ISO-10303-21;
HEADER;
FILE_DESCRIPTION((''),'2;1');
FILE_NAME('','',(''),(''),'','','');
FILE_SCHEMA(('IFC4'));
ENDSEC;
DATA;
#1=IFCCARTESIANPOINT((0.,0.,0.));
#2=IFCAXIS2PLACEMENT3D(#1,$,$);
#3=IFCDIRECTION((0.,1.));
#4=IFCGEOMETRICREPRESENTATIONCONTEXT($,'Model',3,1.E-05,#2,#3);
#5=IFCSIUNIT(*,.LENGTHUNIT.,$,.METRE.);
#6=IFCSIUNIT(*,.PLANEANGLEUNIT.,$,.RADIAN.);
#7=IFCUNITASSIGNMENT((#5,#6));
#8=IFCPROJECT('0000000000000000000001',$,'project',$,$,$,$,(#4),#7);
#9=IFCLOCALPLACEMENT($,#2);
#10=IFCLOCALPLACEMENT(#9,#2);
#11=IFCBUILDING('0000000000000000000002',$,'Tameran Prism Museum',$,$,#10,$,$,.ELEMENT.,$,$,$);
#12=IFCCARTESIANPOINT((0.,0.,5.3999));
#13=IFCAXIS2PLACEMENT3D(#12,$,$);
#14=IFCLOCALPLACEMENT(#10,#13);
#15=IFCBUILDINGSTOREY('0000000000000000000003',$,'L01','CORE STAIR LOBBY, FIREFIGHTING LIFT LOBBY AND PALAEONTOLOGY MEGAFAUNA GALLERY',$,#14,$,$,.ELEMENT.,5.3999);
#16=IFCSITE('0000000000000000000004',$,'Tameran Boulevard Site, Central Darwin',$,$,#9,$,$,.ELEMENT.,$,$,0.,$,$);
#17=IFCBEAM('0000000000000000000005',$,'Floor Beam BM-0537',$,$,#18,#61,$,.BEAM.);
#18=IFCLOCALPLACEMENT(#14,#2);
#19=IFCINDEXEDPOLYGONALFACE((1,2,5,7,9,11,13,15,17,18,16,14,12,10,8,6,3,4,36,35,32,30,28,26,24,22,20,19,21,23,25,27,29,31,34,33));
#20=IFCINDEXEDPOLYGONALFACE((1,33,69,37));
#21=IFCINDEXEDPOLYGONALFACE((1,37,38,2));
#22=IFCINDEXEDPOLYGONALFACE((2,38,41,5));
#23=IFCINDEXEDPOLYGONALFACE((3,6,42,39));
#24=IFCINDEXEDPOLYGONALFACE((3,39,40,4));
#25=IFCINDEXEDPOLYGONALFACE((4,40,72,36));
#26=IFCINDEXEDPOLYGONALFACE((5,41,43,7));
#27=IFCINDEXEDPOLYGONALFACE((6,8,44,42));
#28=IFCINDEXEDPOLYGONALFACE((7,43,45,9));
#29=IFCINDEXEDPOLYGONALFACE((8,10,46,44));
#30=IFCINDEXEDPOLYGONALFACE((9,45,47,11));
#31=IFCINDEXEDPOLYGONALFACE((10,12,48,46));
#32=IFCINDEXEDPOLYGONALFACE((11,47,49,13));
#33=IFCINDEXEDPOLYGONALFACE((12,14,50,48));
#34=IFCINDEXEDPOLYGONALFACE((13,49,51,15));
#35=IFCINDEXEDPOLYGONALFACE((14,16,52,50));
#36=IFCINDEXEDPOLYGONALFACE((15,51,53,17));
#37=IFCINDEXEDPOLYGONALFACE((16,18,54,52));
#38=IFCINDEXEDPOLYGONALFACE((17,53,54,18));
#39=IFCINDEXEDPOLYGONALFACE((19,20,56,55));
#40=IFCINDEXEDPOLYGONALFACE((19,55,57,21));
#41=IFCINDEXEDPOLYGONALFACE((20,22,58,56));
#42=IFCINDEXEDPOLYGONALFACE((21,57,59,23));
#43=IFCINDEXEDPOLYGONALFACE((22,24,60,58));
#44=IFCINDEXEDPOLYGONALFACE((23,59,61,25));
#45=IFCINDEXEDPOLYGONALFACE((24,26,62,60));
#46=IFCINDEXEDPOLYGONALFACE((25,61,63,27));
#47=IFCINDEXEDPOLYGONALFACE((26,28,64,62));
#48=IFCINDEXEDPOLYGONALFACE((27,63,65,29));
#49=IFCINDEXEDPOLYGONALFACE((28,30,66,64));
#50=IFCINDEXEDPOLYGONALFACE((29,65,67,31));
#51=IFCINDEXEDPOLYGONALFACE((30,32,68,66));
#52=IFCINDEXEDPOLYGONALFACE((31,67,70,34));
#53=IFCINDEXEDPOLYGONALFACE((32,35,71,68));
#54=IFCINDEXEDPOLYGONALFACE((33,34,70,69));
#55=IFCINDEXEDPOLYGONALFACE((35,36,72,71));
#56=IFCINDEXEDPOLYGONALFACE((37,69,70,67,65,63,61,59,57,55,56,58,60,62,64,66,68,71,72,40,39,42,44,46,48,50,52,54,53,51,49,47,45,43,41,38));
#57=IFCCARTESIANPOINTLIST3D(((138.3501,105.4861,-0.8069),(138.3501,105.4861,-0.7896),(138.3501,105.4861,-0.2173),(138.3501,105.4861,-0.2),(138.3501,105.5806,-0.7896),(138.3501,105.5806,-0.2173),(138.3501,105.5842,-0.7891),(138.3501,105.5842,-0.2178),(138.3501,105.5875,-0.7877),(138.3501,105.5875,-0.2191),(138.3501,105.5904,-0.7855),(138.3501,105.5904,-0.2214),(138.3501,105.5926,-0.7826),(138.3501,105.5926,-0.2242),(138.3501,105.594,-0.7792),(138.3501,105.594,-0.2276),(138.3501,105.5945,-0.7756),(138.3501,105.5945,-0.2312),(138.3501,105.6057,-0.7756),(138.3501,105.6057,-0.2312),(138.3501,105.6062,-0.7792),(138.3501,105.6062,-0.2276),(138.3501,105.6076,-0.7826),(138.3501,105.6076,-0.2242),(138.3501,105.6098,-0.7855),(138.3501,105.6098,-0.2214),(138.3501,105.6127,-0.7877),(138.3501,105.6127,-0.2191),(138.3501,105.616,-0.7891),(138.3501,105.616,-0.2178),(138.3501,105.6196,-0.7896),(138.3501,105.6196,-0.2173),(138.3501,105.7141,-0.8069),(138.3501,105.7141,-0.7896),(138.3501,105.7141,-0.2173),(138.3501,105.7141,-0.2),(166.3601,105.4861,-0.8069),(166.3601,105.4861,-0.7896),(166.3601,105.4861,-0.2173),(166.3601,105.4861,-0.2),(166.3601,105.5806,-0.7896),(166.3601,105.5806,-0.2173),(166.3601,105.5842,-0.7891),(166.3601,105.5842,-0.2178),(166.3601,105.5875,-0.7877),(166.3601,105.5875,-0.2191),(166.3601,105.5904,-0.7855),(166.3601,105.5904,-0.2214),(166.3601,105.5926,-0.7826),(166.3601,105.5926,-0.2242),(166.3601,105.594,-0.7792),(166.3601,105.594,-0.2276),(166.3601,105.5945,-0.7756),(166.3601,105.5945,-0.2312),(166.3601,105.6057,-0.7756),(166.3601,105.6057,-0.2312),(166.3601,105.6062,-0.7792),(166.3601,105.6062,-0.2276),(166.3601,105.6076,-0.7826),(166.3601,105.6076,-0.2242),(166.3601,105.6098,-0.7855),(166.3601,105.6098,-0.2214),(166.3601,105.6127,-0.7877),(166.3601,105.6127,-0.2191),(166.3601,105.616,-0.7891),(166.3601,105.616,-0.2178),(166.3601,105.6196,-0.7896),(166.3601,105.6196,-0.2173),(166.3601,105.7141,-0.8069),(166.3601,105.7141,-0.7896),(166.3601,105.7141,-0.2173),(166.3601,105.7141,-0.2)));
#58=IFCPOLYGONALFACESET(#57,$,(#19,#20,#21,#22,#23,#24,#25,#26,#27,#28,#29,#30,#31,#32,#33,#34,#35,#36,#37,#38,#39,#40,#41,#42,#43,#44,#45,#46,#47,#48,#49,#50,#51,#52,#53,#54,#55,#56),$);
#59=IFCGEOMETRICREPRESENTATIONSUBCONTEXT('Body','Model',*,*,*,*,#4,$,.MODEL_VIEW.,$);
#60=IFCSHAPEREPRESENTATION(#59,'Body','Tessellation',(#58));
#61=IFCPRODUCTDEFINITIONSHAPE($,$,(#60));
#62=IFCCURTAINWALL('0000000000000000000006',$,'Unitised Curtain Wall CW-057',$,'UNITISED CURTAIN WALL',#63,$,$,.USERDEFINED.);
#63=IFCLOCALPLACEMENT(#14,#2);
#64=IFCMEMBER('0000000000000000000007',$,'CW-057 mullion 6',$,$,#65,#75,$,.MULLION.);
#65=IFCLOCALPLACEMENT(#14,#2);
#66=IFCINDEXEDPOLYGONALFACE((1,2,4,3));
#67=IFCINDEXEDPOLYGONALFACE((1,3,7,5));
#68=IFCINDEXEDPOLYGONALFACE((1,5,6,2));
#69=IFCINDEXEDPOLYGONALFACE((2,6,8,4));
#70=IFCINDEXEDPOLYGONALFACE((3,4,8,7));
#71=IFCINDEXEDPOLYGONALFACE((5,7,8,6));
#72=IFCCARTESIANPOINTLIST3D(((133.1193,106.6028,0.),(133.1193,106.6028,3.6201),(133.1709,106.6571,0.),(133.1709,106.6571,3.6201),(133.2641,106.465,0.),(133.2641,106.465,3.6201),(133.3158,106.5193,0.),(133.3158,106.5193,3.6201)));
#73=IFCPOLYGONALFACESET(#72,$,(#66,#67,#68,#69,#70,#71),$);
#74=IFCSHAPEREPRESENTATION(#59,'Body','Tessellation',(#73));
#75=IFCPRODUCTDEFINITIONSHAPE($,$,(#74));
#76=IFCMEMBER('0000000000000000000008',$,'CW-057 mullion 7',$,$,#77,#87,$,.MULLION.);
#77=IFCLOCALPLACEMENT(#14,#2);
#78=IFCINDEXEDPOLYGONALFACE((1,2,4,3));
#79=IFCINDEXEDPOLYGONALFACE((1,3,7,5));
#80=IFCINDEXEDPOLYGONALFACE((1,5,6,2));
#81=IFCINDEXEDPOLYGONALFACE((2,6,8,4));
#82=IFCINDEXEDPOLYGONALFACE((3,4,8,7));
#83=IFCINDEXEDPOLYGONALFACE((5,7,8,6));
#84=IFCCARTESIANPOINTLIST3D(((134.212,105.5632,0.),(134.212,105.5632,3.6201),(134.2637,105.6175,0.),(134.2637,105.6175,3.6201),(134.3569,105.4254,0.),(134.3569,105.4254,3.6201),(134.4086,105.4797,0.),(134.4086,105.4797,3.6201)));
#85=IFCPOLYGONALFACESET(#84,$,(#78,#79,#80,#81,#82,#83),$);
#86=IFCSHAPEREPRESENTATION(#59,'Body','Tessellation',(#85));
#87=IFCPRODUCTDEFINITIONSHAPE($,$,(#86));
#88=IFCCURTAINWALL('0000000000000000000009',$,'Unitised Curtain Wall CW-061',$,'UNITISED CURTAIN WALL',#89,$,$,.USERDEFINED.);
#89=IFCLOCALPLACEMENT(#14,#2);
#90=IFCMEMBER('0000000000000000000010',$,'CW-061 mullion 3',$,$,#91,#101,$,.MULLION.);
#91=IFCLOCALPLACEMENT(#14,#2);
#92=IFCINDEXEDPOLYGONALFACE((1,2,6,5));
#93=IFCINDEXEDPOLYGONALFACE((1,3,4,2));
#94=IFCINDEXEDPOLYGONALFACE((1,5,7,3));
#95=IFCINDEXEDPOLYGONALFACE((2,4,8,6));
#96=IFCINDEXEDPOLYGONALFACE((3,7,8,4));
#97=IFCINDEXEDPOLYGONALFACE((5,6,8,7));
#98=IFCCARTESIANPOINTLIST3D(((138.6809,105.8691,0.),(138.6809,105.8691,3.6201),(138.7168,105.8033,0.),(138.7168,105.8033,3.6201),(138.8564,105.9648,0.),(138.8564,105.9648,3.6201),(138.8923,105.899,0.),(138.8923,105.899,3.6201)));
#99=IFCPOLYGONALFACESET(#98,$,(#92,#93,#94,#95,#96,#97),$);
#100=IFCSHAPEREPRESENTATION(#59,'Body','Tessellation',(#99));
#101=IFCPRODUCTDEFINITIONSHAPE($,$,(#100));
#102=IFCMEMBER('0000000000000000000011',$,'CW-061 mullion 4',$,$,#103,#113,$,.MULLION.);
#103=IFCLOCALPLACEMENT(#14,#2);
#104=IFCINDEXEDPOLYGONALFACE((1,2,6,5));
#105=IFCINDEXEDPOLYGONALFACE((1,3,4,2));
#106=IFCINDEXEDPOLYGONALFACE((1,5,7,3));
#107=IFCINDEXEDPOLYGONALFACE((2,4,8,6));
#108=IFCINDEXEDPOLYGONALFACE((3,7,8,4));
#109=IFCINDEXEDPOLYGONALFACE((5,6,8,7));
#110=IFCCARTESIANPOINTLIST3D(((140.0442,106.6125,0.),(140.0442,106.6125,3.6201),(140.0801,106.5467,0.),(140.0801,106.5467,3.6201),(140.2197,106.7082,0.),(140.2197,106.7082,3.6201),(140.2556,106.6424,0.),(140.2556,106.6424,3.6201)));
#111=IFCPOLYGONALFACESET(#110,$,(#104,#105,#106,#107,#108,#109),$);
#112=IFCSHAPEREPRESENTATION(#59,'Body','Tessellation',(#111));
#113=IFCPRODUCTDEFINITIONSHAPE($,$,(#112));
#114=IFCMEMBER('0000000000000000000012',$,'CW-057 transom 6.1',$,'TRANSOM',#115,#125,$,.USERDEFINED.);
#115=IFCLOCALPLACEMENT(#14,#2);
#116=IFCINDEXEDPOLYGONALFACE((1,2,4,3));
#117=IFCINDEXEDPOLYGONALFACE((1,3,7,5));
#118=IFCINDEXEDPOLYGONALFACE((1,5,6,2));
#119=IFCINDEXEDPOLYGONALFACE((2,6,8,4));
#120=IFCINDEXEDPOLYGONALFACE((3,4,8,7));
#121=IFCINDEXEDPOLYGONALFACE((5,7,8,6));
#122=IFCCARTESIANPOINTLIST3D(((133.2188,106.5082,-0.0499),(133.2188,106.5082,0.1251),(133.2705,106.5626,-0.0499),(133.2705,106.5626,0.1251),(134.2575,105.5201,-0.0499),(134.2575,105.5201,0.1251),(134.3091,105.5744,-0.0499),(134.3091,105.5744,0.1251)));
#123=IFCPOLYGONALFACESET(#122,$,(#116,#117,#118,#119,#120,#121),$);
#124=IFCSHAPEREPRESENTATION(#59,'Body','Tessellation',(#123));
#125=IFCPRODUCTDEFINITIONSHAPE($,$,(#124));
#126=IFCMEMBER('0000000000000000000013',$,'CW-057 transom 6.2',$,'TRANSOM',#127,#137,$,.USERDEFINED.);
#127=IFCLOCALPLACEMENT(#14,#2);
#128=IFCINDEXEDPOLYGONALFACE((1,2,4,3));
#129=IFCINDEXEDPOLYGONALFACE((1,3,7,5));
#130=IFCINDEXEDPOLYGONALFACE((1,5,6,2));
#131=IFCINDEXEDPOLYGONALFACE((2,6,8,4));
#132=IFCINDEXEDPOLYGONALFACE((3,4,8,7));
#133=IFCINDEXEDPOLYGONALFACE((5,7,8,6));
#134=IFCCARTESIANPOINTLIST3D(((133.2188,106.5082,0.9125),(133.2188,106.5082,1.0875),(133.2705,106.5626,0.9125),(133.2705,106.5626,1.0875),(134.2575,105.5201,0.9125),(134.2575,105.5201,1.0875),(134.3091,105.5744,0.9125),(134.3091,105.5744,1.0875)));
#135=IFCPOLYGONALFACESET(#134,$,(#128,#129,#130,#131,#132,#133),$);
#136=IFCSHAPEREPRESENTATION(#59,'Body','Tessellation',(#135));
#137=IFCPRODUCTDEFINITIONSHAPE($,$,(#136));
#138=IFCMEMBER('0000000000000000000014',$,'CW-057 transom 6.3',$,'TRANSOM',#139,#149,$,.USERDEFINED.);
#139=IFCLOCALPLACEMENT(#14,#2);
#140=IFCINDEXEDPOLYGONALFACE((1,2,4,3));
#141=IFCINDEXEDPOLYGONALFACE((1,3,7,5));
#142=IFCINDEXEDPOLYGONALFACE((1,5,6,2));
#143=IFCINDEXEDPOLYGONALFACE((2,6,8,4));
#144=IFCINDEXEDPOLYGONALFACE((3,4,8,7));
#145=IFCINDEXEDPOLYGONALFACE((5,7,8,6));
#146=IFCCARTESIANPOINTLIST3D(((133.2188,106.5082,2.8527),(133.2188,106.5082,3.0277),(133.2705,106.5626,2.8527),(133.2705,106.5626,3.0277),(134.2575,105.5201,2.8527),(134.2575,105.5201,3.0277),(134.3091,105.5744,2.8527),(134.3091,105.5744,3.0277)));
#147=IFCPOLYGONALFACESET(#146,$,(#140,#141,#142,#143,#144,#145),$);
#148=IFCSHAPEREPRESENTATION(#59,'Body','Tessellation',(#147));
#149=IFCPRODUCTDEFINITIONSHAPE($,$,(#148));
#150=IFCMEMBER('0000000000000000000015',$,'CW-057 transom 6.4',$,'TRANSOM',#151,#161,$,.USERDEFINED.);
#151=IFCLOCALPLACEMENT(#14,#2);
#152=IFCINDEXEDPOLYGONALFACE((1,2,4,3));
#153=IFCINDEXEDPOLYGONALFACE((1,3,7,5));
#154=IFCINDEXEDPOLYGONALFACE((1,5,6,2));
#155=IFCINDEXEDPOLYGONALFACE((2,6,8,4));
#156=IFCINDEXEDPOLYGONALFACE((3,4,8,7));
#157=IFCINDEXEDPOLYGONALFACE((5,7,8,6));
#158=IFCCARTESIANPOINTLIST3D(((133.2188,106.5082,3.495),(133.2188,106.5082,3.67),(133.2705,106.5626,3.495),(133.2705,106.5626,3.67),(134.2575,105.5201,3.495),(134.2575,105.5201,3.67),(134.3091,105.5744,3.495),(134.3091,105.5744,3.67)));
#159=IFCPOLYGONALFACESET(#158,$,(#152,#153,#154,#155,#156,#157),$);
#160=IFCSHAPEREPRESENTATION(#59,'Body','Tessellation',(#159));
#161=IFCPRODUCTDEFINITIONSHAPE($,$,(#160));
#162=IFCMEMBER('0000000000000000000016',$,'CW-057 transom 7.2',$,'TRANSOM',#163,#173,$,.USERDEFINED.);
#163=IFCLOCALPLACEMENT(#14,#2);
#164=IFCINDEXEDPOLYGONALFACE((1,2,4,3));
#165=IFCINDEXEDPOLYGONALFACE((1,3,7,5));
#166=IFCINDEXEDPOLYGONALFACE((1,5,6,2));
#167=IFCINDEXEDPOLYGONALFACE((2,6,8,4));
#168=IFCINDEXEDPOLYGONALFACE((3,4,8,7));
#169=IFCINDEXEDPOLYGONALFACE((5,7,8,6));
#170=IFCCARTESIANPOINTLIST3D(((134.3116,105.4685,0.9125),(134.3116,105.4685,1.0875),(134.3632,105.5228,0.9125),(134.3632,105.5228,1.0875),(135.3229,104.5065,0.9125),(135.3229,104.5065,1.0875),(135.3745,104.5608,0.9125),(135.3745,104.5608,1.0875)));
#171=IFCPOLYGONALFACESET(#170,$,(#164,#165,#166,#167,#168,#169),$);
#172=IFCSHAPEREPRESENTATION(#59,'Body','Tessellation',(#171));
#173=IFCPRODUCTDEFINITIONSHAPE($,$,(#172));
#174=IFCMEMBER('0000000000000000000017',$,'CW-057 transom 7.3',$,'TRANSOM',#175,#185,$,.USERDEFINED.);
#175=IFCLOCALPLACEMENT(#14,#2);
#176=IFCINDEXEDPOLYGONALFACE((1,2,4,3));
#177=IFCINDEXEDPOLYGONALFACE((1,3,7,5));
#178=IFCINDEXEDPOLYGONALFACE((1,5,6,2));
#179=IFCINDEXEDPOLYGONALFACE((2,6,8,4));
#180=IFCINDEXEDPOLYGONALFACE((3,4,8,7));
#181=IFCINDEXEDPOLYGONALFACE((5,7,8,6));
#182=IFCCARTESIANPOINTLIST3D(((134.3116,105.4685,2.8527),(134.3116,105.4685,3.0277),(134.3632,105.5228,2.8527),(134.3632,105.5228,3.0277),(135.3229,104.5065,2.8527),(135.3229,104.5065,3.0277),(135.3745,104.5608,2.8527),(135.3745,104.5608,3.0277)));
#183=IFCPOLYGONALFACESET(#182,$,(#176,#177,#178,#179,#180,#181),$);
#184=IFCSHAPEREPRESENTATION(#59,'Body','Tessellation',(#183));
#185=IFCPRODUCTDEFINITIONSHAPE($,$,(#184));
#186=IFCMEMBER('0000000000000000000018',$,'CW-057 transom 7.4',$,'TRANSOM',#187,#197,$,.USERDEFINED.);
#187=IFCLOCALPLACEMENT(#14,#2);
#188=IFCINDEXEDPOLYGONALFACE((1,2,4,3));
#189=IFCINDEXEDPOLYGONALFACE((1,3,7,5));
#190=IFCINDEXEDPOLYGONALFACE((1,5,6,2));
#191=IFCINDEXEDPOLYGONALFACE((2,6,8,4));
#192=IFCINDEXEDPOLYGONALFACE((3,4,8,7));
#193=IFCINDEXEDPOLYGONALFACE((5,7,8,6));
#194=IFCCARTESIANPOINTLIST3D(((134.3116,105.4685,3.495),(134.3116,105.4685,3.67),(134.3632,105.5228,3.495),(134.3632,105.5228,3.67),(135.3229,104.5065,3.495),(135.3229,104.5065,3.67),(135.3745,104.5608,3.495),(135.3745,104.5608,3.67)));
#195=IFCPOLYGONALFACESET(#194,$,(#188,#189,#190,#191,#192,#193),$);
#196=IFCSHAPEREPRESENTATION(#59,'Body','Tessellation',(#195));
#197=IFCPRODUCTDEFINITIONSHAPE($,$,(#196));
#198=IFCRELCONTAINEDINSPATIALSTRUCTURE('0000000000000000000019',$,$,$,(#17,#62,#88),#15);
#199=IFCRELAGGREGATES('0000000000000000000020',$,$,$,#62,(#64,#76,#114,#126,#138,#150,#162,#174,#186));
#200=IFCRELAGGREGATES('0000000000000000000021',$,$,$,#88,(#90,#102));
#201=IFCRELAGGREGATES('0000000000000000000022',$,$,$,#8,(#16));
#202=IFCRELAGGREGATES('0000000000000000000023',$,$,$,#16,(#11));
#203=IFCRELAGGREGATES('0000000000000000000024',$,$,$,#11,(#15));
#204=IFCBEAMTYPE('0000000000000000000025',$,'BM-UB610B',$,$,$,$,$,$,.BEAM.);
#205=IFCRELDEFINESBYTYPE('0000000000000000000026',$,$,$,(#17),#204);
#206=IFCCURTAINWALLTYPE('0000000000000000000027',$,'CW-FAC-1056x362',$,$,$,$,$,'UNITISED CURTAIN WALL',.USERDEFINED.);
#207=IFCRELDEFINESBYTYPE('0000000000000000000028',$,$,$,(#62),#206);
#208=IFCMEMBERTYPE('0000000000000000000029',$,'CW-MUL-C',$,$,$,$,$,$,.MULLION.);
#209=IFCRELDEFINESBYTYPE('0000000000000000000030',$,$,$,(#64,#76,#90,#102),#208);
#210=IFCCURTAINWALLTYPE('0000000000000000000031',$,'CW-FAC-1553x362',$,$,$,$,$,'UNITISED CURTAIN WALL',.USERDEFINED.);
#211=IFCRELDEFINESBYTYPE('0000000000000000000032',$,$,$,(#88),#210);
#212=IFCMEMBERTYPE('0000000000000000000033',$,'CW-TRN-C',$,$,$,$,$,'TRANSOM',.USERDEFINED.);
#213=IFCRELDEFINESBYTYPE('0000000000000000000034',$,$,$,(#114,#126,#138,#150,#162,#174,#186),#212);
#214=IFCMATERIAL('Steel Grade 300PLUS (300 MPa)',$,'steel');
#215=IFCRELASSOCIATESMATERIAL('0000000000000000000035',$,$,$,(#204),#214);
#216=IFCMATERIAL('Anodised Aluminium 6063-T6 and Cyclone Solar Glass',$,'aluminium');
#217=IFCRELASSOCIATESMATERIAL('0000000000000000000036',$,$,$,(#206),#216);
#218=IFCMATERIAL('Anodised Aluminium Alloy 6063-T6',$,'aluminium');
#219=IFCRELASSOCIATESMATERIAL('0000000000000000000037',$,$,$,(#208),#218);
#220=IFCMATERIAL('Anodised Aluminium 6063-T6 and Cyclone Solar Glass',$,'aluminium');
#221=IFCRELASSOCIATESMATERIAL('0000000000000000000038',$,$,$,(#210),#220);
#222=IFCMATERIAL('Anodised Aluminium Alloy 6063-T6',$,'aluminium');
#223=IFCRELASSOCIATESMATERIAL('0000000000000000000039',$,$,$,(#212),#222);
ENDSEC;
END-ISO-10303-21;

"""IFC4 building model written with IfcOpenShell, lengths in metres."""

from ifc_helpers import new_model, si_unit, direction, frame, origin, origin_2d, place, context, subcontext, project, spatial, rectangle, i_section, extrude, material, material_profile, profile_set, type_object, element, aggregate, save


model = new_model("IFC4")

# Units and contexts
model_context = context("Model", 3, precision=1e-05, world=origin(), true_north=direction((0.0, 1.0)))
body_context = subcontext(model_context, "Body", "Model", "MODEL_VIEW")
ifc_project = project(units=[si_unit("LENGTHUNIT", "METRE"), si_unit("PLANEANGLEUNIT", "RADIAN")], contexts=[model_context])

# Site, building, storey
site_placement = place(None, origin())
site = spatial("IfcSite", under=ifc_project, at=site_placement, Name="Tameran Boulevard Site, Central Darwin", CompositionType="ELEMENT", RefElevation=0.0)
building_placement = place(site_placement, origin())
building = spatial("IfcBuilding", under=site, at=building_placement, Name="Tameran Prism Museum", CompositionType="ELEMENT")
storey_placement = place(building_placement, frame((0.0, 0.0, 5.3999)))
storey = spatial("IfcBuildingStorey", under=building, at=storey_placement, Name="L01", Description="CORE STAIR LOBBY, FIREFIGHTING LIFT LOBBY AND PALAEONTOLOGY MEGAFAUNA GALLERY", CompositionType="ELEMENT", Elevation=5.3999)

# Beam
ifc_material_1 = material(Name="Steel Grade 300PLUS (300 MPa)", Category="steel")
ifc_material_profile_1 = material_profile(ifc_material_1, i_section(OverallWidth=0.228, OverallDepth=0.6069, WebThickness=0.0112, FlangeThickness=0.0173, FilletRadius=0.0139, at=origin_2d()))
ifc_profile_set_1 = profile_set([ifc_material_profile_1])
beam_type = type_object("IfcBeamType", Name="BM-UB610B", PredefinedType="BEAM", material=ifc_profile_set_1)
beam_placement = place(storey_placement, frame((138.3501, 105.6001, -0.5034), z_axis=(1.0, 0.0, 0.0), x_axis=(0.0, 1.0, 0.0)))
element("IfcBeam", 1, at=beam_placement, inside=storey, type_object=beam_type, Name="Floor Beam BM-0537", PredefinedType="BEAM", context=body_context, shape_type="SweptSolid", body=[
    extrude(i_section(OverallWidth=0.228, OverallDepth=0.6069, WebThickness=0.0112, FlangeThickness=0.0173, FilletRadius=0.0139, at=origin_2d()), origin(), (0.0, 0.0, 1.0), 28.01),
])

# Curtain walls, members
ifc_material_2 = material(Name="Anodised Aluminium 6063-T6 and Cyclone Solar Glass", Category="aluminium")
curtain_wall_type_1 = type_object("IfcCurtainWallType", Name="CW-FAC-1056x362", ElementType="UNITISED CURTAIN WALL", PredefinedType="USERDEFINED", material=ifc_material_2)
curtain_wall_1_placement = place(storey_placement, origin())
curtain_wall_1 = element("IfcCurtainWall", 2, at=curtain_wall_1_placement, inside=storey, type_object=curtain_wall_type_1, Name="Unitised Curtain Wall CW-057", ObjectType="UNITISED CURTAIN WALL", PredefinedType="USERDEFINED")
ifc_material_3 = material(Name="Anodised Aluminium Alloy 6063-T6", Category="aluminium")
ifc_material_profile_2 = material_profile(ifc_material_3, rectangle(XDim=0.075, YDim=0.2, at=origin_2d()))
ifc_profile_set_2 = profile_set([ifc_material_profile_2])
member_type_1 = type_object("IfcMemberType", Name="CW-MUL-C", PredefinedType="MULLION", material=ifc_profile_set_2)
member_1_placement = place(storey_placement, frame((133.2175, 106.561, 0.0), z_axis=(0.0, 0.0, 1.0), x_axis=(0.68927, 0.724505, 0.0)))
member_1 = element("IfcMember", 3, at=member_1_placement, type_object=member_type_1, Name="CW-057 mullion 6", PredefinedType="MULLION", context=body_context, shape_type="SweptSolid", body=[
    extrude(rectangle(XDim=0.075, YDim=0.2, at=origin_2d()), origin(), (0.0, 0.0, 1.0), 3.6201),
])
member_2_placement = place(storey_placement, frame((134.3103, 105.5215, 0.0), z_axis=(0.0, 0.0, 1.0), x_axis=(0.68927, 0.724505, 0.0)))
member_2 = element("IfcMember", 4, at=member_2_placement, type_object=member_type_1, Name="CW-057 mullion 7", PredefinedType="MULLION", context=body_context, shape_type="SweptSolid", body=[
    extrude(rectangle(XDim=0.075, YDim=0.2, at=origin_2d()), origin(), (0.0, 0.0, 1.0), 3.6201),
])
ifc_material_4 = material(Name="Anodised Aluminium 6063-T6 and Cyclone Solar Glass", Category="aluminium")
curtain_wall_type_2 = type_object("IfcCurtainWallType", Name="CW-FAC-1553x362", ElementType="UNITISED CURTAIN WALL", PredefinedType="USERDEFINED", material=ifc_material_4)
curtain_wall_2_placement = place(storey_placement, origin())
curtain_wall_2 = element("IfcCurtainWall", 5, at=curtain_wall_2_placement, inside=storey, type_object=curtain_wall_type_2, Name="Unitised Curtain Wall CW-061", ObjectType="UNITISED CURTAIN WALL", PredefinedType="USERDEFINED")
member_3_placement = place(storey_placement, frame((138.7866, 105.884, 0.0), z_axis=(0.0, 0.0, 1.0), x_axis=(-0.478793, 0.877928, 0.0)))
member_3 = element("IfcMember", 6, at=member_3_placement, type_object=member_type_1, Name="CW-061 mullion 3", PredefinedType="MULLION", context=body_context, shape_type="SweptSolid", body=[
    extrude(rectangle(XDim=0.075, YDim=0.2, at=origin_2d()), origin(), (0.0, 0.0, 1.0), 3.6201),
])
member_4_placement = place(storey_placement, frame((140.1499, 106.6274, 0.0), z_axis=(0.0, 0.0, 1.0), x_axis=(-0.478793, 0.877928, 0.0)))
member_4 = element("IfcMember", 7, at=member_4_placement, type_object=member_type_1, Name="CW-061 mullion 4", PredefinedType="MULLION", context=body_context, shape_type="SweptSolid", body=[
    extrude(rectangle(XDim=0.075, YDim=0.2, at=origin_2d()), origin(), (0.0, 0.0, 1.0), 3.6201),
])

# Members
ifc_material_5 = material(Name="Anodised Aluminium Alloy 6063-T6", Category="aluminium")
ifc_material_profile_3 = material_profile(ifc_material_5, rectangle(XDim=0.075, YDim=0.175, at=origin_2d()))
ifc_profile_set_3 = profile_set([ifc_material_profile_3])
member_type_2 = type_object("IfcMemberType", Name="CW-TRN-C", ElementType="TRANSOM", PredefinedType="USERDEFINED", material=ifc_profile_set_3)
member_5_placement = place(storey_placement, frame((133.2446, 106.5354, 0.0376), z_axis=(0.724514, -0.68926, 0.0), x_axis=(0.68926, 0.724514, 0.0)))
member_5 = element("IfcMember", 8, at=member_5_placement, type_object=member_type_2, Name="CW-057 transom 6.1", ObjectType="TRANSOM", PredefinedType="USERDEFINED", context=body_context, shape_type="SweptSolid", body=[
    extrude(rectangle(XDim=0.075, YDim=0.175, at=origin_2d()), origin(), (0.0, 0.0, 1.0), 1.4336),
])
member_6_placement = place(storey_placement, frame((133.2446, 106.5354, 1.0), z_axis=(0.724514, -0.68926, 0.0), x_axis=(0.68926, 0.724514, 0.0)))
member_6 = element("IfcMember", 9, at=member_6_placement, type_object=member_type_2, Name="CW-057 transom 6.2", ObjectType="TRANSOM", PredefinedType="USERDEFINED", context=body_context, shape_type="SweptSolid", body=[
    extrude(rectangle(XDim=0.075, YDim=0.175, at=origin_2d()), origin(), (0.0, 0.0, 1.0), 1.4336),
])
member_7_placement = place(storey_placement, frame((133.2446, 106.5354, 2.9402), z_axis=(0.724514, -0.68926, 0.0), x_axis=(0.68926, 0.724514, 0.0)))
member_7 = element("IfcMember", 10, at=member_7_placement, type_object=member_type_2, Name="CW-057 transom 6.3", ObjectType="TRANSOM", PredefinedType="USERDEFINED", context=body_context, shape_type="SweptSolid", body=[
    extrude(rectangle(XDim=0.075, YDim=0.175, at=origin_2d()), origin(), (0.0, 0.0, 1.0), 1.4336),
])
member_8_placement = place(storey_placement, frame((133.2446, 106.5354, 3.5825), z_axis=(0.724514, -0.68926, 0.0), x_axis=(0.68926, 0.724514, 0.0)))
member_8 = element("IfcMember", 11, at=member_8_placement, type_object=member_type_2, Name="CW-057 transom 6.4", ObjectType="TRANSOM", PredefinedType="USERDEFINED", context=body_context, shape_type="SweptSolid", body=[
    extrude(rectangle(XDim=0.075, YDim=0.175, at=origin_2d()), origin(), (0.0, 0.0, 1.0), 1.4336),
])
member_9_placement = place(storey_placement, frame((134.3374, 105.4956, 1.0), z_axis=(0.724554, -0.689218, 0.0), x_axis=(0.689218, 0.724554, 0.0)))
member_9 = element("IfcMember", 12, at=member_9_placement, type_object=member_type_2, Name="CW-057 transom 7.2", ObjectType="TRANSOM", PredefinedType="USERDEFINED", context=body_context, shape_type="SweptSolid", body=[
    extrude(rectangle(XDim=0.075, YDim=0.175, at=origin_2d()), origin(), (0.0, 0.0, 1.0), 1.3958),
])
member_10_placement = place(storey_placement, frame((134.3374, 105.4956, 2.9402), z_axis=(0.724554, -0.689218, 0.0), x_axis=(0.689218, 0.724554, 0.0)))
member_10 = element("IfcMember", 13, at=member_10_placement, type_object=member_type_2, Name="CW-057 transom 7.3", ObjectType="TRANSOM", PredefinedType="USERDEFINED", context=body_context, shape_type="SweptSolid", body=[
    extrude(rectangle(XDim=0.075, YDim=0.175, at=origin_2d()), origin(), (0.0, 0.0, 1.0), 1.3958),
])
member_11_placement = place(storey_placement, frame((134.3374, 105.4956, 3.5825), z_axis=(0.724554, -0.689218, 0.0), x_axis=(0.689218, 0.724554, 0.0)))
member_11 = element("IfcMember", 14, at=member_11_placement, type_object=member_type_2, Name="CW-057 transom 7.4", ObjectType="TRANSOM", PredefinedType="USERDEFINED", context=body_context, shape_type="SweptSolid", body=[
    extrude(rectangle(XDim=0.075, YDim=0.175, at=origin_2d()), origin(), (0.0, 0.0, 1.0), 1.3958),
])

aggregate(curtain_wall_1, [member_1, member_2, member_5, member_6, member_7, member_8, member_9, member_10, member_11])
aggregate(curtain_wall_2, [member_3, member_4])

save(model, "model.ifc")
